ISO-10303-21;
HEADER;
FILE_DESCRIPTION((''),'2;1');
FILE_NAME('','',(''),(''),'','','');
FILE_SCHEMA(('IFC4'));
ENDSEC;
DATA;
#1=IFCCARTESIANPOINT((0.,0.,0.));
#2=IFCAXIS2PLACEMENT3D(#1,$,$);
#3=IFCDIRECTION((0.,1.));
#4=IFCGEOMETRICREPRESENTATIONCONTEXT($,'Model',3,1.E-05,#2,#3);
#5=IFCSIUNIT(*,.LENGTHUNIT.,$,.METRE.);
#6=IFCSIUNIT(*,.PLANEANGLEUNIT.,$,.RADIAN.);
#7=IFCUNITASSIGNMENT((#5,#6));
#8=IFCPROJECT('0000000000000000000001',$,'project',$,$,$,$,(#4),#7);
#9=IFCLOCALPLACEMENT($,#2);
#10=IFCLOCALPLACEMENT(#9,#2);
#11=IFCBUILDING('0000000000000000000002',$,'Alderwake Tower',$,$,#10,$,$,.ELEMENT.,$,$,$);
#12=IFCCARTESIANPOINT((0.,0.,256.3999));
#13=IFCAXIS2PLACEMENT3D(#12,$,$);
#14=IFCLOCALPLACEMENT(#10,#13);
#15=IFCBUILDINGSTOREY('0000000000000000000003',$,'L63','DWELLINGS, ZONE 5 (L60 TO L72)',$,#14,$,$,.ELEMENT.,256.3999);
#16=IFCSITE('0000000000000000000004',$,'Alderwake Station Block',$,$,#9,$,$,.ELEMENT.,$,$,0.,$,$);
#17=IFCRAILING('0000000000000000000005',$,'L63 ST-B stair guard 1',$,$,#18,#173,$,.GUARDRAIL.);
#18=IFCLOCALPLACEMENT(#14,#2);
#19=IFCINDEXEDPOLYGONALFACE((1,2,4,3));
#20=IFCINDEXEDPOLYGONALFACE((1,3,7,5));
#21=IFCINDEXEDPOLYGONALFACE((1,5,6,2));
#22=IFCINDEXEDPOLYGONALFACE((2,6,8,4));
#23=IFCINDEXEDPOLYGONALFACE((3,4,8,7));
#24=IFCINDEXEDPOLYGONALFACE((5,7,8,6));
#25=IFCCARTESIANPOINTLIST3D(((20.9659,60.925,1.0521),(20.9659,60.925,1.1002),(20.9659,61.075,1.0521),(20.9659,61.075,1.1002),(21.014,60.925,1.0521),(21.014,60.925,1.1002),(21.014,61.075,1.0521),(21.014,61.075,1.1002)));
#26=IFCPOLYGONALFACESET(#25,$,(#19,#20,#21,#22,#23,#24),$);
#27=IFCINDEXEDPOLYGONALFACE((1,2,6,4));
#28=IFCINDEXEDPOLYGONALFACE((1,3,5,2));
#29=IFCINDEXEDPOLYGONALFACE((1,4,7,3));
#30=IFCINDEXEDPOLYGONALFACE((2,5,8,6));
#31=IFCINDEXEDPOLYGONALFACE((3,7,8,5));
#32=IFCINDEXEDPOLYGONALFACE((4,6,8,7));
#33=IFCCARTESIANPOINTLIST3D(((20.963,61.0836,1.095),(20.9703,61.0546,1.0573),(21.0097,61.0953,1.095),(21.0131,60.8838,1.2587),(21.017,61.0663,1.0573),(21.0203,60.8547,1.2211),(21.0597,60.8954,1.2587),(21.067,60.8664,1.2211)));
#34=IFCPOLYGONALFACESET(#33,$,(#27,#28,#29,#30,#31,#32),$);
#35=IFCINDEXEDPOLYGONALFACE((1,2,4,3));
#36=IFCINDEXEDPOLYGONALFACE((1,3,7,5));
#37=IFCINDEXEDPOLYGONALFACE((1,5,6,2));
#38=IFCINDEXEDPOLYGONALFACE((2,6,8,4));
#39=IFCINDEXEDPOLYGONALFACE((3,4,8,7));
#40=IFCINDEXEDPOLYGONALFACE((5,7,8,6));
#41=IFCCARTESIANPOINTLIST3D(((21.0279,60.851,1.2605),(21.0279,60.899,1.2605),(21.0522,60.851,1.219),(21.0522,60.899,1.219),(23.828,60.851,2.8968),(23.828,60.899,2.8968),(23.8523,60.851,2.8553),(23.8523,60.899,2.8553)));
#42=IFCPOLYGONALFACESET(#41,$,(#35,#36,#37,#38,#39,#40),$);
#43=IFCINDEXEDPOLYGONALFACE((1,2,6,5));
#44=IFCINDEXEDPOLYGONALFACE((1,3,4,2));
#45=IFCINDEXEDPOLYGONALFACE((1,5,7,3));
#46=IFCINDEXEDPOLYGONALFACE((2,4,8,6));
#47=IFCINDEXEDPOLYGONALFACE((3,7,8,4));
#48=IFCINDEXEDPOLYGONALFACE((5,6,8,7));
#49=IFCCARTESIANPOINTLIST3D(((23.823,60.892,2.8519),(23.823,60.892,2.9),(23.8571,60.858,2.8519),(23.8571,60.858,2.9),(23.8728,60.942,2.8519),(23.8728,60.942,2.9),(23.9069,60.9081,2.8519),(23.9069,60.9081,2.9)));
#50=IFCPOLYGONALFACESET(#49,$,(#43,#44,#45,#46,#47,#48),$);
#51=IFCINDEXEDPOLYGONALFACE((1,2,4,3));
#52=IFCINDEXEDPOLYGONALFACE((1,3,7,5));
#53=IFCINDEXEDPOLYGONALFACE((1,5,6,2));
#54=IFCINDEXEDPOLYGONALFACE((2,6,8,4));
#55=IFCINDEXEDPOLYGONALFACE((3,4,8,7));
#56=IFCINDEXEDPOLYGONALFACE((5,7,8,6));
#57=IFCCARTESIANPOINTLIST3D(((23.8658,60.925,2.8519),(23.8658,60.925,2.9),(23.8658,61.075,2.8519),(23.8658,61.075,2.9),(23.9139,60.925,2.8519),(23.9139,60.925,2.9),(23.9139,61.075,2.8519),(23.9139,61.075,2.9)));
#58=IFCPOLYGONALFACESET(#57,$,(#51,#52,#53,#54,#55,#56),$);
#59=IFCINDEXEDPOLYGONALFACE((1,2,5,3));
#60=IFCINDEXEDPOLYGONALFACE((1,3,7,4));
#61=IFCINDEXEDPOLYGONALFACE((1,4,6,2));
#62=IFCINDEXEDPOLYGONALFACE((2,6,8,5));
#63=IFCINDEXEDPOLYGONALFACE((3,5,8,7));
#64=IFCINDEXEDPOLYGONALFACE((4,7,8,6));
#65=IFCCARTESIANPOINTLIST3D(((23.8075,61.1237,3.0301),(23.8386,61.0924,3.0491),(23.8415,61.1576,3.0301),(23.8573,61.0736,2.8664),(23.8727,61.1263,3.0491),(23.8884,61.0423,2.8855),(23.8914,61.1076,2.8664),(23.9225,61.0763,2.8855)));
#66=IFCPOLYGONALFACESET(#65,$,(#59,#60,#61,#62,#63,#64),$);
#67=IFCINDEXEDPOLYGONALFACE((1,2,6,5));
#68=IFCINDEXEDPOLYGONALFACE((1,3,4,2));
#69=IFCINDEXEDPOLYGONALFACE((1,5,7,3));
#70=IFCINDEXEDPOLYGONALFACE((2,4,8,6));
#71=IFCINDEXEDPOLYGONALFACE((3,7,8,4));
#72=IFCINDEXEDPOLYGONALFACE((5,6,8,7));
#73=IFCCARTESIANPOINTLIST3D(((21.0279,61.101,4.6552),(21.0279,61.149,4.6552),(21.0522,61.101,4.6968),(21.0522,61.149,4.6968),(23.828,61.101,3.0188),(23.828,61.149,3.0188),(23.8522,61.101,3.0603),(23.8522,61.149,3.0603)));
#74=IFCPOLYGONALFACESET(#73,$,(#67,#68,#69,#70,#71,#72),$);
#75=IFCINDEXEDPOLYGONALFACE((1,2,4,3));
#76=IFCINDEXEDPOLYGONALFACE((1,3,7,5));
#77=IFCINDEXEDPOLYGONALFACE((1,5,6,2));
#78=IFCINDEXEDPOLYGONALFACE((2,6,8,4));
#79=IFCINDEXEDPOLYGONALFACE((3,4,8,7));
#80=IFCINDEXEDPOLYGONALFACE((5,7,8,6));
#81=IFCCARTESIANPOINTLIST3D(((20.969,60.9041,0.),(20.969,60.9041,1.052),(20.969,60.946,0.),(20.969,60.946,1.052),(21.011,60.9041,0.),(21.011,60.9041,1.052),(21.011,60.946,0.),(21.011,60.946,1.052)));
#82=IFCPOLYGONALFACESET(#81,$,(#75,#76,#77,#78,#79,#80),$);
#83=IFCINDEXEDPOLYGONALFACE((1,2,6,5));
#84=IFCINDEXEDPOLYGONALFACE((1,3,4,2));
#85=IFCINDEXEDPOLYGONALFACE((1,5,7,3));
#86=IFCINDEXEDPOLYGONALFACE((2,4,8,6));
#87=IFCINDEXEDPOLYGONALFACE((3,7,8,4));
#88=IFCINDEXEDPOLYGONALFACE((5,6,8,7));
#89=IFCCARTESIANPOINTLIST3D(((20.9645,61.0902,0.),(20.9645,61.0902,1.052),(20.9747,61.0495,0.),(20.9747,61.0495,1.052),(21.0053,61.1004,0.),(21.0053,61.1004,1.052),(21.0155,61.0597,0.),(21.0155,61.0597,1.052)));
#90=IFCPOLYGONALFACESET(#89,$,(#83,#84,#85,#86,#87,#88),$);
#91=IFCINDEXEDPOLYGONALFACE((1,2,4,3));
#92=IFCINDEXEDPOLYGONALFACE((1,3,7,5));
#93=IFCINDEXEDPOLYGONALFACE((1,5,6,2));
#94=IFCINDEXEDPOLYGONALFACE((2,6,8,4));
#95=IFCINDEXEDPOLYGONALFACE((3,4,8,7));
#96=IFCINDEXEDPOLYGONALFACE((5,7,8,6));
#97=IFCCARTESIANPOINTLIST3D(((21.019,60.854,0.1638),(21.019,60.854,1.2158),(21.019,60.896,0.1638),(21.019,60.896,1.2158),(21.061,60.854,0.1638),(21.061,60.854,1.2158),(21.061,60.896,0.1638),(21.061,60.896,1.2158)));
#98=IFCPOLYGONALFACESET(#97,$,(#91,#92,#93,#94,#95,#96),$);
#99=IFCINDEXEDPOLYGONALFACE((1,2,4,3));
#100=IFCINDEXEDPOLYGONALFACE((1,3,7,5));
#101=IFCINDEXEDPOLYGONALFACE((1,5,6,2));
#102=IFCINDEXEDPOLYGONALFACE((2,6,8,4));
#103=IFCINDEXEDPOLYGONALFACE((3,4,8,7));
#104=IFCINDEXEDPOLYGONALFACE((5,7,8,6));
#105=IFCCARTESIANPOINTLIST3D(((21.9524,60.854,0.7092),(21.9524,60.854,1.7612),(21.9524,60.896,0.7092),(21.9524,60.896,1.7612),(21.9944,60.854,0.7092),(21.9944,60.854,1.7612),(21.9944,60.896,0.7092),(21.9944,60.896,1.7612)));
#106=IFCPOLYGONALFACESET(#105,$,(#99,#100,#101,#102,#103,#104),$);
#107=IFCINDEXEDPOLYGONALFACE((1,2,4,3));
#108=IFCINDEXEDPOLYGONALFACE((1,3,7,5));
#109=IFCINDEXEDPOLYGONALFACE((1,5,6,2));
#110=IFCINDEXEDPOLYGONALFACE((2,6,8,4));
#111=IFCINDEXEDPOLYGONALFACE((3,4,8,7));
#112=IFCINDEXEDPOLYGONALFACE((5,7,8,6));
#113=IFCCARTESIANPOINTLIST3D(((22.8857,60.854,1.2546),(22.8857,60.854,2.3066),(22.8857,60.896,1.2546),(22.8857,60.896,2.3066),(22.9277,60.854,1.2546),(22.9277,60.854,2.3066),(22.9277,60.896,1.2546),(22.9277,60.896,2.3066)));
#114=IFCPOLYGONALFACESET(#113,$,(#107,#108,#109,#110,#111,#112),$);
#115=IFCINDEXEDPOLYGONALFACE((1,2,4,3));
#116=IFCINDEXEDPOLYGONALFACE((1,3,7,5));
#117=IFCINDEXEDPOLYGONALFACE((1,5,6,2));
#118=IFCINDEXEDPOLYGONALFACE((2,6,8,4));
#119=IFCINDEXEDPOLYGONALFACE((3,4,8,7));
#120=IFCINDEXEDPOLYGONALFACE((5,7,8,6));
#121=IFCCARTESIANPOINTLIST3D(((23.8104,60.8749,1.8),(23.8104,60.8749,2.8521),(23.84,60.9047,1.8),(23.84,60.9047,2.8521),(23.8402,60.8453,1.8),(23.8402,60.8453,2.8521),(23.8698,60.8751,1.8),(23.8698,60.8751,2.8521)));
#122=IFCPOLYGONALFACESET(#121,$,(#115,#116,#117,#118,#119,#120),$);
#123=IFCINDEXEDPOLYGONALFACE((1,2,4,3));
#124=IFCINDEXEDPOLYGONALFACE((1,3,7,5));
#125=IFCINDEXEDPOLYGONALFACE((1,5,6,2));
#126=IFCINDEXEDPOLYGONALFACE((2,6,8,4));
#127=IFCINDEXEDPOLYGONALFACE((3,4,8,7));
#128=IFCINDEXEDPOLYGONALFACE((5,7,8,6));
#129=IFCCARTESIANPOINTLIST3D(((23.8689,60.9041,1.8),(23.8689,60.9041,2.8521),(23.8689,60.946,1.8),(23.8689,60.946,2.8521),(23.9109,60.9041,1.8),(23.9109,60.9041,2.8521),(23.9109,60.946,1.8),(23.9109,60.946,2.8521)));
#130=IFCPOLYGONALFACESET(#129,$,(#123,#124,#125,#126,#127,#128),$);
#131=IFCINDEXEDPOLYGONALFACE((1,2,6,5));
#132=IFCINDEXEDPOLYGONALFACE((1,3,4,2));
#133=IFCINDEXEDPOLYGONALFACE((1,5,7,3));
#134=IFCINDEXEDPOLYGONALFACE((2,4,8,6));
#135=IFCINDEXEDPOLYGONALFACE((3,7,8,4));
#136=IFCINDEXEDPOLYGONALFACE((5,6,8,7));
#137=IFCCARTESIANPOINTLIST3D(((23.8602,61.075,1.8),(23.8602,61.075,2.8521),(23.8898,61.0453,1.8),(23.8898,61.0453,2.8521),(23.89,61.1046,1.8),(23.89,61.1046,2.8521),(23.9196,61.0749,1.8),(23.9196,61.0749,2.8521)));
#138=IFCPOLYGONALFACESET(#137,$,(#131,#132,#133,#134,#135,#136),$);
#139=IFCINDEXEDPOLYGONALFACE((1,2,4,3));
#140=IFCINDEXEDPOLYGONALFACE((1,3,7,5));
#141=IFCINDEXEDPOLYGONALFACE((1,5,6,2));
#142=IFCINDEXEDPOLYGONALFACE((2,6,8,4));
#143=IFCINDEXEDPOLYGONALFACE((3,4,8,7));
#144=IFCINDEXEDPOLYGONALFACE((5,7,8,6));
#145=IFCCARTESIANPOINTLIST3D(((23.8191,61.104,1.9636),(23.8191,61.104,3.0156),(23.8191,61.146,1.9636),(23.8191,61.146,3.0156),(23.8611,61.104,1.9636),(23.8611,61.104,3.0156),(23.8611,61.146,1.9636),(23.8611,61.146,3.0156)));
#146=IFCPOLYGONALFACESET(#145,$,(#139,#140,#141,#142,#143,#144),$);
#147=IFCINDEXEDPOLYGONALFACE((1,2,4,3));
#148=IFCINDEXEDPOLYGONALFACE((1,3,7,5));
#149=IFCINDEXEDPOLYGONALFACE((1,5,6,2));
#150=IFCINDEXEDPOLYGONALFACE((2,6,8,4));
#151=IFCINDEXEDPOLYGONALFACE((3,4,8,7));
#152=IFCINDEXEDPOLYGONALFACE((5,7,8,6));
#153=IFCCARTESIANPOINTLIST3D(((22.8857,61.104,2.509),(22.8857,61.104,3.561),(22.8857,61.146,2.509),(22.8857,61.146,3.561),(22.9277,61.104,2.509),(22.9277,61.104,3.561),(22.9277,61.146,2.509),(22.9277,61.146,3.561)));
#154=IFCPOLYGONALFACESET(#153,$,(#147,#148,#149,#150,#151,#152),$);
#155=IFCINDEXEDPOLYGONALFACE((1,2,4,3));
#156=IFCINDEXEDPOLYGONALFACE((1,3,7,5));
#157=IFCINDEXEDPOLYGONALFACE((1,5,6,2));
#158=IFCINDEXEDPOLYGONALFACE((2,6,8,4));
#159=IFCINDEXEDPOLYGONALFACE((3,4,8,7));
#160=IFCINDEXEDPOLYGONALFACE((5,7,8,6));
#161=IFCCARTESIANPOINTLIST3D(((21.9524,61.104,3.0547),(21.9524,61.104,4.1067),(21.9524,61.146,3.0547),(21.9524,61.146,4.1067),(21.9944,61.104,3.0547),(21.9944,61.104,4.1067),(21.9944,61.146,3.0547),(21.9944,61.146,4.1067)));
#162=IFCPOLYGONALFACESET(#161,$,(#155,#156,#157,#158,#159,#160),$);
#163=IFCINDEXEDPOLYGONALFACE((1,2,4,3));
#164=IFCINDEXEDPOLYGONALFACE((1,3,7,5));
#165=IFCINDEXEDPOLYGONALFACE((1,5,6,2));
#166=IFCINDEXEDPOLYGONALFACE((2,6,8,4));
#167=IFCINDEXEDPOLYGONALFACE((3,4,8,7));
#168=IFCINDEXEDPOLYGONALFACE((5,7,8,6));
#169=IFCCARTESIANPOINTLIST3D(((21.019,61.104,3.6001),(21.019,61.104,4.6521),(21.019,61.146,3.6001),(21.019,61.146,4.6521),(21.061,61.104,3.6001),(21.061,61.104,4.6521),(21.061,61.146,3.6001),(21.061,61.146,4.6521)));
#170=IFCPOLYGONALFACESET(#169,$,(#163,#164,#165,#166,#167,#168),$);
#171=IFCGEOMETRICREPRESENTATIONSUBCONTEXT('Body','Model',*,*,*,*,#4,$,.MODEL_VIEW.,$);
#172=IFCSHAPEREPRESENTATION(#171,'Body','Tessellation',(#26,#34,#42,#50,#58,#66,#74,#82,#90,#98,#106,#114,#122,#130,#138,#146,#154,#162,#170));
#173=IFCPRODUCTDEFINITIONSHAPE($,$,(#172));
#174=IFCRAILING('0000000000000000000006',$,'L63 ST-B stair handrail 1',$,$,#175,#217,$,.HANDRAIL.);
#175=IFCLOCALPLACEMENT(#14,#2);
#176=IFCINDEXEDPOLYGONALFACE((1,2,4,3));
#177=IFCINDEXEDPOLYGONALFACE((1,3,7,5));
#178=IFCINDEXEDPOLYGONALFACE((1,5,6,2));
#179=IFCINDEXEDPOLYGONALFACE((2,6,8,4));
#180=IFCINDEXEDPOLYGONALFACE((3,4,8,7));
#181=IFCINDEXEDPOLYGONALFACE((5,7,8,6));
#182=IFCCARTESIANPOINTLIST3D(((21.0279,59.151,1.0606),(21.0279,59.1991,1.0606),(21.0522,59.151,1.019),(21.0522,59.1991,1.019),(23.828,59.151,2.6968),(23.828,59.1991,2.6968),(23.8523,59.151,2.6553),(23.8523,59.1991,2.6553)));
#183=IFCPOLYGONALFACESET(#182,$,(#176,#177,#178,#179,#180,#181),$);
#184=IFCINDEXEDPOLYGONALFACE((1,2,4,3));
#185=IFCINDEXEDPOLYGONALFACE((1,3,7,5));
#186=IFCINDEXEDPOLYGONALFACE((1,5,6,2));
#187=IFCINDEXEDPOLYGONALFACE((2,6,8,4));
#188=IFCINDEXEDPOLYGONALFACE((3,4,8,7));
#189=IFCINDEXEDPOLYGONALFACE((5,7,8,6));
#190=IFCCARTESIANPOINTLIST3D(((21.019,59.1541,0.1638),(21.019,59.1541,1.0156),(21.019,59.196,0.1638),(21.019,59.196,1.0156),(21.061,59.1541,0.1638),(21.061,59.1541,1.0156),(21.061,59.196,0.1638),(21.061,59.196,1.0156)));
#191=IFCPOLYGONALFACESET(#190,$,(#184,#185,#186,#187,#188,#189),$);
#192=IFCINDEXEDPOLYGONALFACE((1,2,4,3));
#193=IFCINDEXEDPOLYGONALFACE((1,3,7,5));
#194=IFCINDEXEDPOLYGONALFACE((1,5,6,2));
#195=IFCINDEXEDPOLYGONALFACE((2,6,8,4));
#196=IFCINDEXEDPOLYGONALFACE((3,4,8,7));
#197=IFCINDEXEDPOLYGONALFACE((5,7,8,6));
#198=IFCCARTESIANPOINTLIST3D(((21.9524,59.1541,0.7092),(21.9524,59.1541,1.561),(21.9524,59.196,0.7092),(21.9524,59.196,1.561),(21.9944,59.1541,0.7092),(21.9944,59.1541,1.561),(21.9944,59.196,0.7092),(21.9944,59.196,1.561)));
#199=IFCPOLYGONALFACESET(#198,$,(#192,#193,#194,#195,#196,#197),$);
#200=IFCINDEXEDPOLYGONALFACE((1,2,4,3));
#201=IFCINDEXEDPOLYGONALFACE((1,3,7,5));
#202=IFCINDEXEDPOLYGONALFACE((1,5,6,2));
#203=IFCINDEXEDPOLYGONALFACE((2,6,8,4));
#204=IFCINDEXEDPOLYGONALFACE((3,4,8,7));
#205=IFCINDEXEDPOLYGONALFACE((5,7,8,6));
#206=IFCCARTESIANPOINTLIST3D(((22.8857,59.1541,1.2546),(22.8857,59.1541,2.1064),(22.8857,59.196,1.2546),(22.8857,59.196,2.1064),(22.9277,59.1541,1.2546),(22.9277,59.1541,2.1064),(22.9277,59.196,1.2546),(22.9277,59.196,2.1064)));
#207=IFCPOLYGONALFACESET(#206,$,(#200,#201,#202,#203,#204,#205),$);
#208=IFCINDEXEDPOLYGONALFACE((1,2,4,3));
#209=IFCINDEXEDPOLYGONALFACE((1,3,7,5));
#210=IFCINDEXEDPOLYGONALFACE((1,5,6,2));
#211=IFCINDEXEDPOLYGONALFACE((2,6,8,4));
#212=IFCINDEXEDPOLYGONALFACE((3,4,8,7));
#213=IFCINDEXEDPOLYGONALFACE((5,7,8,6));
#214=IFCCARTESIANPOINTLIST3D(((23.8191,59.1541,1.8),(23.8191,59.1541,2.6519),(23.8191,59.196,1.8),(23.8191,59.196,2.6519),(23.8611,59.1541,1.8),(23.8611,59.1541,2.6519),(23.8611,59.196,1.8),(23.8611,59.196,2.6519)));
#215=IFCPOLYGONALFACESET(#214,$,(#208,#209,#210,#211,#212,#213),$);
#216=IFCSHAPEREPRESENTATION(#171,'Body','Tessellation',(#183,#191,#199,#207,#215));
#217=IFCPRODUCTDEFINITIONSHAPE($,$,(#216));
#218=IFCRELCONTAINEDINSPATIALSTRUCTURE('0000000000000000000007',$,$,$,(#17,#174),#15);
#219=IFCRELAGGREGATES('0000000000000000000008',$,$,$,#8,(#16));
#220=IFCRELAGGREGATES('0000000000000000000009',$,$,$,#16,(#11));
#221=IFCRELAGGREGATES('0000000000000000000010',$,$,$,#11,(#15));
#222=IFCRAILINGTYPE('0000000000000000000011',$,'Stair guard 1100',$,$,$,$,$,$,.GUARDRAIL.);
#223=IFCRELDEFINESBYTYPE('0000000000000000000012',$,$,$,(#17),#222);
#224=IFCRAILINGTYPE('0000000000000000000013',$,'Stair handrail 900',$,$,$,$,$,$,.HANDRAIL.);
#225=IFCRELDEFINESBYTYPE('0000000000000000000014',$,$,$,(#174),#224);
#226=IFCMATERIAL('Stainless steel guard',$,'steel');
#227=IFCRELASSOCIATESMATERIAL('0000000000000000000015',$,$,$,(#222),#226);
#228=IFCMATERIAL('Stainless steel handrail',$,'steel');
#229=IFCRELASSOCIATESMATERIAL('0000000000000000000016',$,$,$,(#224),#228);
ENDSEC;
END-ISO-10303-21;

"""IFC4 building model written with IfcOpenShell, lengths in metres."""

from ifc_helpers import new_model, si_unit, direction, frame, origin, origin_with_axes, origin_2d, place, context, subcontext, project, spatial, rectangle, extrude, material, type_object, element, save


model = new_model("IFC4")

# Units and contexts
model_context = context("Model", 3, precision=1e-05, world=origin(), true_north=direction((0.0, 1.0)))
body_context = subcontext(model_context, "Body", "Model", "MODEL_VIEW")
ifc_project = project(units=[si_unit("LENGTHUNIT", "METRE"), si_unit("PLANEANGLEUNIT", "RADIAN")], contexts=[model_context])

# Site, building, storey
site_placement = place(None, origin())
site = spatial("IfcSite", under=ifc_project, at=site_placement, Name="Alderwake Station Block", CompositionType="ELEMENT", RefElevation=0.0)
building_placement = place(site_placement, origin())
building = spatial("IfcBuilding", under=site, at=building_placement, Name="Alderwake Tower", CompositionType="ELEMENT")
storey_placement = place(building_placement, frame((0.0, 0.0, 256.3999)))
storey = spatial("IfcBuildingStorey", under=building, at=storey_placement, Name="L63", Description="DWELLINGS, ZONE 5 (L60 TO L72)", CompositionType="ELEMENT", Elevation=256.3999)

# Railings
ifc_material_1 = material(Name="Stainless steel guard", Category="steel")
railing_type_1 = type_object("IfcRailingType", Name="Stair guard 1100", PredefinedType="GUARDRAIL", material=ifc_material_1)
railing_1_placement = place(storey_placement, frame((20.99, 60.925, 0.0)))
element("IfcRailing", 1, at=railing_1_placement, inside=storey, type_object=railing_type_1, Name="L63 ST-B stair guard 1", PredefinedType="GUARDRAIL", context=body_context, shape_type="SweptSolid", body=[
    extrude(rectangle(XDim=0.0481, YDim=0.0481, at=origin_2d()), frame((0.0, 0.0, 1.0762), z_axis=(0.0, 1.0, 0.0), x_axis=(-1.0, 0.0, 0.0)), (0.0, 0.0, 1.0), 0.1499),
    extrude(rectangle(XDim=0.0481, YDim=0.0481, at=origin_2d()), frame((0.0, 0.1499, 1.0762), z_axis=(0.19009, -0.759432, 0.622197), x_axis=(0.970073, 0.242814, 0.0)), (0.0, 0.0, 1.0), 0.2632),
    extrude(rectangle(XDim=0.0481, YDim=0.0481, at=origin_2d()), frame((0.05, -0.05, 1.2397), z_axis=(0.863394, 0.0, 0.504531), x_axis=(0.0, 1.0, 0.0)), (0.0, 0.0, 1.0), 3.2432),
    extrude(rectangle(XDim=0.0481, YDim=0.0481, at=origin_2d()), frame((2.8501, -0.05, 2.876), z_axis=(0.705376, 0.708834, 0.0), x_axis=(-0.708834, 0.705376, 0.0)), (0.0, 0.0, 1.0), 0.0706),
    extrude(rectangle(XDim=0.0481, YDim=0.0481, at=origin_2d()), frame((2.8999, 0.0, 2.876), z_axis=(0.0, 1.0, 0.0), x_axis=(-1.0, 0.0, 0.0)), (0.0, 0.0, 1.0), 0.1499),
    extrude(rectangle(XDim=0.0481, YDim=0.0481, at=origin_2d()), frame((2.8999, 0.1499, 2.876), z_axis=(-0.279546, 0.280917, 0.918118), x_axis=(-0.708834, -0.705376, 0.0)), (0.0, 0.0, 1.0), 0.1782),
    extrude(rectangle(XDim=0.0481, YDim=0.0481, at=origin_2d()), frame((2.8501, 0.2, 3.0396), z_axis=(-0.863361, 0.0, 0.504587), x_axis=(0.0, -1.0, 0.0)), (0.0, 0.0, 1.0), 3.2432),
    extrude(rectangle(XDim=0.042, YDim=0.042, at=origin_2d()), frame((0.0, 0.0, 0.0), z_axis=(0.0, 0.0, 1.0), x_axis=(0.0, 1.0, 0.0)), (0.0, 0.0, 1.0), 1.052),
    extrude(rectangle(XDim=0.042, YDim=0.042, at=origin_2d()), frame((0.0, 0.1499, 0.0), z_axis=(0.0, 0.0, 1.0), x_axis=(0.242814, -0.970073, 0.0)), (0.0, 0.0, 1.0), 1.052),
    extrude(rectangle(XDim=0.042, YDim=0.042, at=origin_2d()), frame((0.05, -0.05, 0.1638), z_axis=(0.0, 0.0, 1.0), x_axis=(1.0, 0.0, 0.0)), (0.0, 0.0, 1.0), 1.052),
    extrude(rectangle(XDim=0.042, YDim=0.042, at=origin_2d()), frame((0.9834, -0.05, 0.7092), z_axis=(0.0, 0.0, 1.0), x_axis=(1.0, 0.0, 0.0)), (0.0, 0.0, 1.0), 1.052),
    extrude(rectangle(XDim=0.042, YDim=0.042, at=origin_2d()), frame((1.9167, -0.05, 1.2546), z_axis=(0.0, 0.0, 1.0), x_axis=(1.0, 0.0, 0.0)), (0.0, 0.0, 1.0), 1.052),
    extrude(rectangle(XDim=0.042, YDim=0.042, at=origin_2d()), frame((2.8501, -0.05, 1.8), z_axis=(0.0, 0.0, 1.0), x_axis=(0.705376, 0.708834, 0.0)), (0.0, 0.0, 1.0), 1.052),
    extrude(rectangle(XDim=0.042, YDim=0.042, at=origin_2d()), frame((2.8999, 0.0, 1.8), z_axis=(0.0, 0.0, 1.0), x_axis=(0.0, 1.0, 0.0)), (0.0, 0.0, 1.0), 1.052),
    extrude(rectangle(XDim=0.042, YDim=0.042, at=origin_2d()), frame((2.8999, 0.1499, 1.8), z_axis=(0.0, 0.0, 1.0), x_axis=(-0.705376, 0.708834, 0.0)), (0.0, 0.0, 1.0), 1.052),
    extrude(rectangle(XDim=0.042, YDim=0.042, at=origin_2d()), frame((2.8501, 0.2, 1.9636), z_axis=(0.0, 0.0, 1.0), x_axis=(-1.0, 0.0, 0.0)), (0.0, 0.0, 1.0), 1.052),
    extrude(rectangle(XDim=0.042, YDim=0.042, at=origin_2d()), frame((1.9167, 0.2, 2.509), z_axis=(0.0, 0.0, 1.0), x_axis=(-1.0, 0.0, 0.0)), (0.0, 0.0, 1.0), 1.052),
    extrude(rectangle(XDim=0.042, YDim=0.042, at=origin_2d()), frame((0.9834, 0.2, 3.0547), z_axis=(0.0, 0.0, 1.0), x_axis=(-1.0, 0.0, 0.0)), (0.0, 0.0, 1.0), 1.052),
    extrude(rectangle(XDim=0.042, YDim=0.042, at=origin_2d()), frame((0.05, 0.2, 3.6001), z_axis=(0.0, 0.0, 1.0), x_axis=(-1.0, 0.0, 0.0)), (0.0, 0.0, 1.0), 1.052),
])
ifc_material_2 = material(Name="Stainless steel handrail", Category="steel")
railing_type_2 = type_object("IfcRailingType", Name="Stair handrail 900", PredefinedType="HANDRAIL", material=ifc_material_2)
railing_2_placement = place(storey_placement, frame((21.04, 59.175, 0.1638)))
element("IfcRailing", 2, at=railing_2_placement, inside=storey, type_object=railing_type_2, Name="L63 ST-B stair handrail 1", PredefinedType="HANDRAIL", context=body_context, shape_type="SweptSolid", body=[
    extrude(rectangle(XDim=0.0481, YDim=0.0481, at=origin_2d()), frame((0.0, 0.0, 0.876), z_axis=(0.863394, 0.0, 0.504531), x_axis=(0.0, 1.0, 0.0)), (0.0, 0.0, 1.0), 3.2432),
    extrude(rectangle(XDim=0.042, YDim=0.042, at=origin_2d()), origin_with_axes(), (0.0, 0.0, 1.0), 0.8518),
    extrude(rectangle(XDim=0.042, YDim=0.042, at=origin_2d()), frame((0.9333, 0.0, 0.5454), z_axis=(0.0, 0.0, 1.0), x_axis=(1.0, 0.0, 0.0)), (0.0, 0.0, 1.0), 0.8518),
    extrude(rectangle(XDim=0.042, YDim=0.042, at=origin_2d()), frame((1.8667, 0.0, 1.0908), z_axis=(0.0, 0.0, 1.0), x_axis=(1.0, 0.0, 0.0)), (0.0, 0.0, 1.0), 0.8518),
    extrude(rectangle(XDim=0.042, YDim=0.042, at=origin_2d()), frame((2.8, 0.0, 1.6362), z_axis=(0.0, 0.0, 1.0), x_axis=(1.0, 0.0, 0.0)), (0.0, 0.0, 1.0), 0.8518),
])

save(model, "model.ifc")
